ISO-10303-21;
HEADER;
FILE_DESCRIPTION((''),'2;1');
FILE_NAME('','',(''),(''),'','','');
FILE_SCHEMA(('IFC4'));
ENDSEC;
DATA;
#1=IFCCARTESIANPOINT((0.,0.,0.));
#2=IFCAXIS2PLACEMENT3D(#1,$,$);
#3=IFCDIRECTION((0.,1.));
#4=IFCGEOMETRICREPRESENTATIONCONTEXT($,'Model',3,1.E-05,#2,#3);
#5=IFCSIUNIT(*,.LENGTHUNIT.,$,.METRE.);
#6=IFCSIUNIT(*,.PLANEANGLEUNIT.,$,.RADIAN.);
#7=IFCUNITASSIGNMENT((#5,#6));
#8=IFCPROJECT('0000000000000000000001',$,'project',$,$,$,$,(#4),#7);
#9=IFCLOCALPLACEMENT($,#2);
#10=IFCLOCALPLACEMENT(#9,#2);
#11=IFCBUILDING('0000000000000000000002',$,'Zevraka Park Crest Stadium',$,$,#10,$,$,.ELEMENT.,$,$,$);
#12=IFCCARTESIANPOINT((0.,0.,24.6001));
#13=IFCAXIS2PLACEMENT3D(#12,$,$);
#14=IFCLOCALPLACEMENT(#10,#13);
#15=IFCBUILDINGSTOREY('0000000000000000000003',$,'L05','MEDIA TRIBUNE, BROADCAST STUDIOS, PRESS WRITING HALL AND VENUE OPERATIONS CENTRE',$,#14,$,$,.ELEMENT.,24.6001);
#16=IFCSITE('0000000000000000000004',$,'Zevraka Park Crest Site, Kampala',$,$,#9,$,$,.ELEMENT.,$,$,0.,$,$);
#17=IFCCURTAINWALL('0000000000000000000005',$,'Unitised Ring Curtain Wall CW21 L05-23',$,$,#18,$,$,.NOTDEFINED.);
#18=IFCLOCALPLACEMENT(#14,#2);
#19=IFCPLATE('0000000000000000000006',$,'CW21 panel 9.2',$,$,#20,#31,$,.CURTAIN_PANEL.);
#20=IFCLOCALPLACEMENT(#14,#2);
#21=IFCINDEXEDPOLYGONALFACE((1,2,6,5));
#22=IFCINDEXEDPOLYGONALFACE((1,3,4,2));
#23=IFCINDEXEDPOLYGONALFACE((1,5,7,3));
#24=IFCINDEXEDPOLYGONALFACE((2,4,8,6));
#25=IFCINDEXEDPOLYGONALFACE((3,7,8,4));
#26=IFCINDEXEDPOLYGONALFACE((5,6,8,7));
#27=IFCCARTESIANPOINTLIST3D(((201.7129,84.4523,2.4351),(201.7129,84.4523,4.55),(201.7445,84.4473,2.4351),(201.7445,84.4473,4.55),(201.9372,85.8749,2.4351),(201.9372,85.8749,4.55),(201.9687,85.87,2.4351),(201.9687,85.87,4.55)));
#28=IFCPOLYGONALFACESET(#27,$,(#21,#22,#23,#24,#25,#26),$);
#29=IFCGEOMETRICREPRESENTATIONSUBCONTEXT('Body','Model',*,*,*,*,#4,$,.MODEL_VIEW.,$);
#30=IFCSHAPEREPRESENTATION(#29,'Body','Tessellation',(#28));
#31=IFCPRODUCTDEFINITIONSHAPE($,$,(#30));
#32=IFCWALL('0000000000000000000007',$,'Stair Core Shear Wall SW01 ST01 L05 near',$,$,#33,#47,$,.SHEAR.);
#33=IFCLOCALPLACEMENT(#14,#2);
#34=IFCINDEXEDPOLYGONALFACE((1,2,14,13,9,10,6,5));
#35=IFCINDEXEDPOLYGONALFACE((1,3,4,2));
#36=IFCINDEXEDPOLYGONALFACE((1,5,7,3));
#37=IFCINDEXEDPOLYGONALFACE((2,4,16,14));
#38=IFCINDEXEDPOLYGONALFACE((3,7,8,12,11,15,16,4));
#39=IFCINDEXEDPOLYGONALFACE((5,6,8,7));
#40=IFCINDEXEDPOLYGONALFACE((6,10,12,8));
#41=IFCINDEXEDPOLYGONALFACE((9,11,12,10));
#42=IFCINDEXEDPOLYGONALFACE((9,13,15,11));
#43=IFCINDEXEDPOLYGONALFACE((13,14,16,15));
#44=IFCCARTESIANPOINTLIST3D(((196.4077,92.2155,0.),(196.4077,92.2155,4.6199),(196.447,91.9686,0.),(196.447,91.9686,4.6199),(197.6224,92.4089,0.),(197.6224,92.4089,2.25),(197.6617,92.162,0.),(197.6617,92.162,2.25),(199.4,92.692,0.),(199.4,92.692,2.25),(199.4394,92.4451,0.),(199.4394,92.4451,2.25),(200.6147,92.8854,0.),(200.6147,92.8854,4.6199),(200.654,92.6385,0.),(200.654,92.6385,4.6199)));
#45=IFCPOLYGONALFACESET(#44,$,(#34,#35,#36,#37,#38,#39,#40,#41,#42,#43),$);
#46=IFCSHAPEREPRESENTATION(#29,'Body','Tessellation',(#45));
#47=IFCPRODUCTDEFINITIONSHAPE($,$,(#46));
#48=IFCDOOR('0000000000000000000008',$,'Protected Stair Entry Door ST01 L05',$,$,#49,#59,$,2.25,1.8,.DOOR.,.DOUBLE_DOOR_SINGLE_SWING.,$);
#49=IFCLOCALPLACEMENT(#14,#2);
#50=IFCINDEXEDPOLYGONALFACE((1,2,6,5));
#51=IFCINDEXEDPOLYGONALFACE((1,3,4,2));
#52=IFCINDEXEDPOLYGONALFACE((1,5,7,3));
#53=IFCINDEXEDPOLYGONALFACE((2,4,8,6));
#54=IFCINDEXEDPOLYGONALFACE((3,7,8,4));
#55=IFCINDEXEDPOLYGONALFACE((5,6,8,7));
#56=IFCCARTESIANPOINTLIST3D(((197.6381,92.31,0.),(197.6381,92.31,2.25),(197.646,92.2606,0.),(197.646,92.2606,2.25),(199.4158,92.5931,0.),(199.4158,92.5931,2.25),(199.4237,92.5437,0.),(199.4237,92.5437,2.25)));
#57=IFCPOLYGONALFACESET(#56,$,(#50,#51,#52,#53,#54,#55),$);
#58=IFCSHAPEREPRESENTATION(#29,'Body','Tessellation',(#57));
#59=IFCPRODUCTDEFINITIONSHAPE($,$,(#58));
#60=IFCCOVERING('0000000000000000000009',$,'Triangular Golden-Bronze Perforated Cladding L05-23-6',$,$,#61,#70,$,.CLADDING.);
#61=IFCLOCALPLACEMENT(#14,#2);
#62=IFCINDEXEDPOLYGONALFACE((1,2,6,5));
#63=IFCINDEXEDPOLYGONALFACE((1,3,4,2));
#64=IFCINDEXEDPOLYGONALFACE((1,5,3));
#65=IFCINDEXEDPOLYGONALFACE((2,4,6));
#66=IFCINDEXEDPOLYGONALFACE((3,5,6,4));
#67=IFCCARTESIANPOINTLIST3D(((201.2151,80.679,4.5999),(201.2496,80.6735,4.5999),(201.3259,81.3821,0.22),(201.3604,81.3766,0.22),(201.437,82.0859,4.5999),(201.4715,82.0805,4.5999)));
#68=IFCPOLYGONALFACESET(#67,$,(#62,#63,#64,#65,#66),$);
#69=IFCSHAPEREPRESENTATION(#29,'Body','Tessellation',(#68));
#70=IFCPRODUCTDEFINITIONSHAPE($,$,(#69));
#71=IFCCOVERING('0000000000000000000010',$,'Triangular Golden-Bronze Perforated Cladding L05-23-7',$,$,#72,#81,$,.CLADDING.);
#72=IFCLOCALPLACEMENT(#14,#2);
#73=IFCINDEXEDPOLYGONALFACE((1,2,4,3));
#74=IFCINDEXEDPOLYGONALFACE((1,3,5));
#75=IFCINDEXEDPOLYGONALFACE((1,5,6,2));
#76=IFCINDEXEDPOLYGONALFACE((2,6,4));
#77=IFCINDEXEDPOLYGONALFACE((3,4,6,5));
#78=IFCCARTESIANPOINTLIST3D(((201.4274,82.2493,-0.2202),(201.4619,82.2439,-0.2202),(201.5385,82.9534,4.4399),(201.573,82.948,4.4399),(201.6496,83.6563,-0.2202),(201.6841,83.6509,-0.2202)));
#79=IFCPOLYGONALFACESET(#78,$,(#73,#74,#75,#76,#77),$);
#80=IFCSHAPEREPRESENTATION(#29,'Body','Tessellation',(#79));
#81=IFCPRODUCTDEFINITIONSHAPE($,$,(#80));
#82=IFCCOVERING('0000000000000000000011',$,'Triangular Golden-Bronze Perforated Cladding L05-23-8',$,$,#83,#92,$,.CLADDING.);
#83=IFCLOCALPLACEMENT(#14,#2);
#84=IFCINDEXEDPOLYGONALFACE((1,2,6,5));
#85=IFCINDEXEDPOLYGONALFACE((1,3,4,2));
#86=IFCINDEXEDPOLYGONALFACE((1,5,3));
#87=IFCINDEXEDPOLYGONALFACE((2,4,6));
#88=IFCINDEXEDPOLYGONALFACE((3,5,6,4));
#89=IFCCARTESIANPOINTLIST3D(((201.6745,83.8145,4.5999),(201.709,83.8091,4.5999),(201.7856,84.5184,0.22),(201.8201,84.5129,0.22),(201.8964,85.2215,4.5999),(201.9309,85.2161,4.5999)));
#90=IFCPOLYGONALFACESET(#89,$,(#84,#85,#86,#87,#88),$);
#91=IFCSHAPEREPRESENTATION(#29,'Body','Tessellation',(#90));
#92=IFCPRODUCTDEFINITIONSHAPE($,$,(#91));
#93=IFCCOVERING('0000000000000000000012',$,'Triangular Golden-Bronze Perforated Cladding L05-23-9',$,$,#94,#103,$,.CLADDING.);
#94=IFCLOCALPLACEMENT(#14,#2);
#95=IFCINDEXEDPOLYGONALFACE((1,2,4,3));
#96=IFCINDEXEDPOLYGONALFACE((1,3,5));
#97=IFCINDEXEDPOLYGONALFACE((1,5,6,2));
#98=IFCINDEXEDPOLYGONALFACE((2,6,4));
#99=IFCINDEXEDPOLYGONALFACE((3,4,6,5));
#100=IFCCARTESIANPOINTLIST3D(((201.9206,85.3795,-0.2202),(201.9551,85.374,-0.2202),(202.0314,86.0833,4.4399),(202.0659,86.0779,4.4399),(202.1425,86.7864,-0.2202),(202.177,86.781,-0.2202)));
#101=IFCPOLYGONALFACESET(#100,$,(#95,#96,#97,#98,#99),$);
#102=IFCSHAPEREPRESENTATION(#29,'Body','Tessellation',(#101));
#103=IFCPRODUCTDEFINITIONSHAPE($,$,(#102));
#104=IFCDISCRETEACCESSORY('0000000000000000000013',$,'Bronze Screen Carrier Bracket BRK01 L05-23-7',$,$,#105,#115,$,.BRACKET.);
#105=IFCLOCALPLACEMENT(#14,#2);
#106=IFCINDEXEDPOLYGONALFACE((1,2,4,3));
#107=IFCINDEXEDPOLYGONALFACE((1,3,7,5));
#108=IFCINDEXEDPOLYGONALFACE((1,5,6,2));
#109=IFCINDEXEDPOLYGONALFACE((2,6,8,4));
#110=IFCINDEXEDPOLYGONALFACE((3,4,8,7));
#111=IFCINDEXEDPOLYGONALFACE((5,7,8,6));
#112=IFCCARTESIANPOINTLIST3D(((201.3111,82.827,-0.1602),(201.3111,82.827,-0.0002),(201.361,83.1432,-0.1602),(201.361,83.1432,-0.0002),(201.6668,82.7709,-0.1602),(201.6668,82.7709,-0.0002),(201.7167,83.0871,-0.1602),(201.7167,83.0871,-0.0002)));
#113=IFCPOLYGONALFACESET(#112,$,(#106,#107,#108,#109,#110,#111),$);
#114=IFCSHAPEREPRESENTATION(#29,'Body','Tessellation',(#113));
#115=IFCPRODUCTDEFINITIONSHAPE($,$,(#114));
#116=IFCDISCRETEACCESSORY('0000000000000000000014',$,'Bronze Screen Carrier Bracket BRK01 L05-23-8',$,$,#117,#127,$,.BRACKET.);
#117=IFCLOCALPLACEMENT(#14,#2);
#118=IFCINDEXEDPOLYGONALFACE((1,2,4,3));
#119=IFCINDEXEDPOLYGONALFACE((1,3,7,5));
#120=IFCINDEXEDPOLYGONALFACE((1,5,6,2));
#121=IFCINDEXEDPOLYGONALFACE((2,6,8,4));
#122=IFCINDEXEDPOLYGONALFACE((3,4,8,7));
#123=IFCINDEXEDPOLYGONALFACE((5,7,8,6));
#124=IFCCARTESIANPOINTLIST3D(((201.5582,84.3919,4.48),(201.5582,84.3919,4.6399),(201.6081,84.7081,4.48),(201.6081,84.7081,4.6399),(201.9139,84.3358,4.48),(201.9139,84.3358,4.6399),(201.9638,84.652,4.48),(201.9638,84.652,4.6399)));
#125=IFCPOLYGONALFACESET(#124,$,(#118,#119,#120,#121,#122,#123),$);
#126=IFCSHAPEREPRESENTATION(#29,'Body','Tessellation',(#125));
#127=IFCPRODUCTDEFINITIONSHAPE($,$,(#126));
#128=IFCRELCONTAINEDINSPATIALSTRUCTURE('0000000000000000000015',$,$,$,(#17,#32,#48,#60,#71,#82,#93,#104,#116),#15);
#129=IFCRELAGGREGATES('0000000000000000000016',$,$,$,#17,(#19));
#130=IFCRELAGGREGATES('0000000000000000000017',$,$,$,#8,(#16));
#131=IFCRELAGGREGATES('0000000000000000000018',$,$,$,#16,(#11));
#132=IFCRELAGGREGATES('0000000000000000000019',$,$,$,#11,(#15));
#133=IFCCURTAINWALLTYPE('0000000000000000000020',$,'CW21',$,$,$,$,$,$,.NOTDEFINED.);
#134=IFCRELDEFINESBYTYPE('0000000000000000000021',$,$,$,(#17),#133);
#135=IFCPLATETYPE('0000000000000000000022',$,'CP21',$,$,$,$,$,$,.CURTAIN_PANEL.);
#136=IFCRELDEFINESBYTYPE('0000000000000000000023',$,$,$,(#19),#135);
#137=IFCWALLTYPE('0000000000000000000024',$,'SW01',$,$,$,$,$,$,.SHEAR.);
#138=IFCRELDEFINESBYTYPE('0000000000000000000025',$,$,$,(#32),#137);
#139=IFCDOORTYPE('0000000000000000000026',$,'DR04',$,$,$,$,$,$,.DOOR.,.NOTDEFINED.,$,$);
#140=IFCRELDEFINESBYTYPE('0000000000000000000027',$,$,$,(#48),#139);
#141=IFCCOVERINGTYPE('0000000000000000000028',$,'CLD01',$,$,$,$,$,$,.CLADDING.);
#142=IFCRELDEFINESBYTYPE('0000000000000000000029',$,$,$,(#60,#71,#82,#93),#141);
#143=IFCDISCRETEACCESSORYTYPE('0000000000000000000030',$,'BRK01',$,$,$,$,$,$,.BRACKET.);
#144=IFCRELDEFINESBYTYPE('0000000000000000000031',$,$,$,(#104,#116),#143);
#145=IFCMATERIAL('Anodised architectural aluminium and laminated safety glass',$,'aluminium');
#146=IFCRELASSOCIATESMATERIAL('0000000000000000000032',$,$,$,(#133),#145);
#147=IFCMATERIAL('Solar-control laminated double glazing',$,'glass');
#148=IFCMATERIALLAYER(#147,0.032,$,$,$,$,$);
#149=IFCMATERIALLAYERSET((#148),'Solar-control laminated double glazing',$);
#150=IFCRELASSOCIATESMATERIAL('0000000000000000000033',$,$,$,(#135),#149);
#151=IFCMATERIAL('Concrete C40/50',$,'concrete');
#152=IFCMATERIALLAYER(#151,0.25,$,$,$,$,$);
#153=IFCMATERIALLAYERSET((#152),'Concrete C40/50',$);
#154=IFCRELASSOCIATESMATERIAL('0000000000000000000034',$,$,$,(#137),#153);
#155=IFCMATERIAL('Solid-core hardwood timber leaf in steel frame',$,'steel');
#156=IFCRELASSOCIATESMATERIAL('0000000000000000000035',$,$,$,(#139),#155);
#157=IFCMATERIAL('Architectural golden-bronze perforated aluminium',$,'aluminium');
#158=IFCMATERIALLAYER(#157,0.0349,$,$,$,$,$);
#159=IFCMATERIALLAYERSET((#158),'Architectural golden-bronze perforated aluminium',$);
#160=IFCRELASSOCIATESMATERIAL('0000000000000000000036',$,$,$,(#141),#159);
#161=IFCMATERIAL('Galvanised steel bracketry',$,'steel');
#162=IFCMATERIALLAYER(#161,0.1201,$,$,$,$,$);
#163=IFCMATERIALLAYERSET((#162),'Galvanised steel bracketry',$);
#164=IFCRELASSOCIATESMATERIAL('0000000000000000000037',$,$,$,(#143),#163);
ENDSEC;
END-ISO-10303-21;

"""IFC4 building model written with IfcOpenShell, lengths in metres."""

from ifc_helpers import new_model, si_unit, direction, frame, frame_2d, origin, origin_2d, place, context, subcontext, project, spatial, polyline, rectangle, outline, extrude, material, layer, layer_set, type_object, element, fill, aggregate, save


model = new_model("IFC4")

# Units and contexts
model_context = context("Model", 3, precision=1e-05, world=origin(), true_north=direction((0.0, 1.0)))
body_context = subcontext(model_context, "Body", "Model", "MODEL_VIEW")
ifc_project = project(units=[si_unit("LENGTHUNIT", "METRE"), si_unit("PLANEANGLEUNIT", "RADIAN")], contexts=[model_context])

# Site, building, storey
site_placement = place(None, origin())
site = spatial("IfcSite", under=ifc_project, at=site_placement, Name="Zevraka Park Crest Site, Kampala", CompositionType="ELEMENT", RefElevation=0.0)
building_placement = place(site_placement, origin())
building = spatial("IfcBuilding", under=site, at=building_placement, Name="Zevraka Park Crest Stadium", CompositionType="ELEMENT")
storey_placement = place(building_placement, frame((0.0, 0.0, 24.6001)))
storey = spatial("IfcBuildingStorey", under=building, at=storey_placement, Name="L05", Description="MEDIA TRIBUNE, BROADCAST STUDIOS, PRESS WRITING HALL AND VENUE OPERATIONS CENTRE", CompositionType="ELEMENT", Elevation=24.6001)

# Curtain wall
ifc_material_1 = material(Name="Anodised architectural aluminium and laminated safety glass", Category="aluminium")
curtain_wall_type = type_object("IfcCurtainWallType", Name="CW21", PredefinedType="NOTDEFINED", material=ifc_material_1)
curtain_wall_placement = place(storey_placement, origin())
curtain_wall = element("IfcCurtainWall", 1, at=curtain_wall_placement, inside=storey, type_object=curtain_wall_type, Name="Unitised Ring Curtain Wall CW21 L05-23", PredefinedType="NOTDEFINED")

# Plate
ifc_material_2 = material(Name="Solar-control laminated double glazing", Category="glass")
ifc_layer_1 = layer(ifc_material_2, 0.032)
ifc_layer_set_1 = layer_set([ifc_layer_1], Name="Solar-control laminated double glazing")
plate_type = type_object("IfcPlateType", Name="CP21", PredefinedType="CURTAIN_PANEL", material=ifc_layer_set_1)
plate_1_placement = place(storey_placement, frame((201.8408, 85.1611, 2.4351), z_axis=(0.0, 0.0, 1.0), x_axis=(0.155711, 0.987803, 0.0)))
plate_1 = element("IfcPlate", 2, at=plate_1_placement, type_object=plate_type, Name="CW21 panel 9.2", PredefinedType="CURTAIN_PANEL", context=body_context, shape_type="SweptSolid", body=[
    extrude(rectangle(XDim=1.4402, YDim=0.032, at=origin_2d()), origin(), (0.0, 0.0, 1.0), 2.115),
])
aggregate(curtain_wall, [plate_1])

# Wall, opening, door
ifc_material_3 = material(Name="Concrete C40/50", Category="concrete")
ifc_layer_2 = layer(ifc_material_3, 0.25)
ifc_layer_set_2 = layer_set([ifc_layer_2], Name="Concrete C40/50")
wall_type = type_object("IfcWallType", Name="SW01", PredefinedType="SHEAR", material=ifc_layer_set_2)
wall_placement = place(storey_placement, frame((196.4275, 92.092, 0.0), z_axis=(0.0, 0.0, 1.0), x_axis=(0.987558, 0.157257, 0.0)))
wall = element("IfcWall", 3, at=wall_placement, inside=storey, type_object=wall_type, Name="Stair Core Shear Wall SW01 ST01 L05 near", PredefinedType="SHEAR", context=body_context, shape_type="SweptSolid", body=[
    extrude(rectangle(XDim=4.26, YDim=0.25, at=frame_2d((2.1299, 0.0))), origin(), (0.0, 0.0, 1.0), 4.6199),
])
opening_placement = place(wall_placement, frame((1.23, 0.0, 0.0)))
opening = element("IfcOpeningElement", 4, at=opening_placement, cuts=wall, PredefinedType="OPENING", context=body_context, shape_type="SweptSolid", body=[
    extrude(rectangle(XDim=1.8, YDim=2.25, at=frame_2d((0.8999, 1.125))), frame((0.0, 0.135, 0.0), z_axis=(0.0, -1.0, 0.0), x_axis=(1.0, 0.0, 0.0)), (0.0, 0.0, 1.0), 0.27),
])
ifc_material_4 = material(Name="Solid-core hardwood timber leaf in steel frame", Category="steel")
door_type = type_object("IfcDoorType", Name="DR04", OperationType="NOTDEFINED", PredefinedType="DOOR", material=ifc_material_4)
door_placement = place(opening_placement, origin())
door = element("IfcDoor", 5, at=door_placement, inside=storey, type_object=door_type, Name="Protected Stair Entry Door ST01 L05", OperationType="DOUBLE_DOOR_SINGLE_SWING", OverallHeight=2.25, OverallWidth=1.8, PredefinedType="DOOR", context=body_context, shape_type="SweptSolid", body=[
    extrude(rectangle(XDim=1.8, YDim=2.25, at=frame_2d((0.8999, 1.125))), frame((0.0, 0.0249, 0.0), z_axis=(0.0, -1.0, 0.0), x_axis=(1.0, 0.0, 0.0)), (0.0, 0.0, 1.0), 0.05),
])
fill(opening, door)

# Coverings
ifc_material_5 = material(Name="Architectural golden-bronze perforated aluminium", Category="aluminium")
ifc_layer_3 = layer(ifc_material_5, 0.0349)
ifc_layer_set_3 = layer_set([ifc_layer_3], Name="Architectural golden-bronze perforated aluminium")
covering_type = type_object("IfcCoveringType", Name="CLD01", PredefinedType="CLADDING", material=ifc_layer_set_3)
covering_1_placement = place(storey_placement, frame((201.437, 82.0859, 4.5999), z_axis=(-0.987788, 0.155804, 0.000015), x_axis=(-0.155804, -0.987788, 0.0)))
element("IfcCovering", 6, at=covering_1_placement, inside=storey, type_object=covering_type, Name="Triangular Golden-Bronze Perforated Cladding L05-23-6", PredefinedType="CLADDING", context=body_context, shape_type="SweptSolid", body=[
    extrude(outline(polyline([(0.0, 0.0), (1.4244, 0.0), (0.7126, -4.3799), (0.0, 0.0)])), origin(), (0.0, 0.0, -1.0), 0.0349),
])
covering_2_placement = place(storey_placement, frame((201.4619, 82.2439, -0.2202), z_axis=(0.987762, -0.155971, 0.00002), x_axis=(0.155971, 0.987762, 0.0)))
element("IfcCovering", 7, at=covering_2_placement, inside=storey, type_object=covering_type, Name="Triangular Golden-Bronze Perforated Cladding L05-23-7", PredefinedType="CLADDING", context=body_context, shape_type="SweptSolid", body=[
    extrude(outline(polyline([(0.0, 0.0), (1.4244, 0.0), (0.7128, 4.6602), (0.0, 0.0)])), origin(), (0.0, 0.0, -1.0), 0.0349),
])
covering_3_placement = place(storey_placement, frame((201.9309, 85.2161, 4.5999), z_axis=(0.987788, -0.155804, 0.000015), x_axis=(-0.155804, -0.987788, 0.0)))
element("IfcCovering", 8, at=covering_3_placement, inside=storey, type_object=covering_type, Name="Triangular Golden-Bronze Perforated Cladding L05-23-8", PredefinedType="CLADDING", context=body_context, shape_type="SweptSolid", body=[
    extrude(outline(polyline([(0.0, 0.0), (1.4244, 0.0), (0.7118, 4.3799), (0.0, 0.0)])), origin(), (0.0, 0.0, -1.0), 0.0349),
])
covering_4_placement = place(storey_placement, frame((201.9551, 85.374, -0.2202), z_axis=(0.987788, -0.155804, 0.000038), x_axis=(0.155804, 0.987788, 0.0)))
element("IfcCovering", 9, at=covering_4_placement, inside=storey, type_object=covering_type, Name="Triangular Golden-Bronze Perforated Cladding L05-23-9", PredefinedType="CLADDING", context=body_context, shape_type="SweptSolid", body=[
    extrude(outline(polyline([(0.0, 0.0), (1.4244, 0.0), (0.7125, 4.6602), (0.0, 0.0)])), origin(), (0.0, 0.0, -1.0), 0.0349),
])

# Discrete accessories
ifc_material_6 = material(Name="Galvanised steel bracketry", Category="steel")
ifc_layer_4 = layer(ifc_material_6, 0.1201)
ifc_layer_set_4 = layer_set([ifc_layer_4], Name="Galvanised steel bracketry")
discrete_accessory_type = type_object("IfcDiscreteAccessoryType", Name="BRK01", PredefinedType="BRACKET", material=ifc_layer_set_4)
for number, where, z_axis, x_axis, name in (
    (10, (201.5139, 82.957, -0.1602), (0.0, 0.0, 1.0), (0.155745, 0.987797, 0.0), "Bronze Screen Carrier Bracket BRK01 L05-23-7"),
    (11, (201.761, 84.522, 4.48), (0.0, 0.0, 1.0), (0.155745, 0.987797, 0.0), "Bronze Screen Carrier Bracket BRK01 L05-23-8"),
):
    element("IfcDiscreteAccessory", number, at=place(storey_placement, frame(where, z_axis=z_axis, x_axis=x_axis)), inside=storey, type_object=discrete_accessory_type, Name=name, PredefinedType="BRACKET", context=body_context, shape_type="SweptSolid", body=[
        extrude(rectangle(XDim=0.3201, YDim=0.3601, at=origin_2d()), origin(), (0.0, 0.0, 1.0), 0.1599),
    ])

save(model, "model.ifc")
